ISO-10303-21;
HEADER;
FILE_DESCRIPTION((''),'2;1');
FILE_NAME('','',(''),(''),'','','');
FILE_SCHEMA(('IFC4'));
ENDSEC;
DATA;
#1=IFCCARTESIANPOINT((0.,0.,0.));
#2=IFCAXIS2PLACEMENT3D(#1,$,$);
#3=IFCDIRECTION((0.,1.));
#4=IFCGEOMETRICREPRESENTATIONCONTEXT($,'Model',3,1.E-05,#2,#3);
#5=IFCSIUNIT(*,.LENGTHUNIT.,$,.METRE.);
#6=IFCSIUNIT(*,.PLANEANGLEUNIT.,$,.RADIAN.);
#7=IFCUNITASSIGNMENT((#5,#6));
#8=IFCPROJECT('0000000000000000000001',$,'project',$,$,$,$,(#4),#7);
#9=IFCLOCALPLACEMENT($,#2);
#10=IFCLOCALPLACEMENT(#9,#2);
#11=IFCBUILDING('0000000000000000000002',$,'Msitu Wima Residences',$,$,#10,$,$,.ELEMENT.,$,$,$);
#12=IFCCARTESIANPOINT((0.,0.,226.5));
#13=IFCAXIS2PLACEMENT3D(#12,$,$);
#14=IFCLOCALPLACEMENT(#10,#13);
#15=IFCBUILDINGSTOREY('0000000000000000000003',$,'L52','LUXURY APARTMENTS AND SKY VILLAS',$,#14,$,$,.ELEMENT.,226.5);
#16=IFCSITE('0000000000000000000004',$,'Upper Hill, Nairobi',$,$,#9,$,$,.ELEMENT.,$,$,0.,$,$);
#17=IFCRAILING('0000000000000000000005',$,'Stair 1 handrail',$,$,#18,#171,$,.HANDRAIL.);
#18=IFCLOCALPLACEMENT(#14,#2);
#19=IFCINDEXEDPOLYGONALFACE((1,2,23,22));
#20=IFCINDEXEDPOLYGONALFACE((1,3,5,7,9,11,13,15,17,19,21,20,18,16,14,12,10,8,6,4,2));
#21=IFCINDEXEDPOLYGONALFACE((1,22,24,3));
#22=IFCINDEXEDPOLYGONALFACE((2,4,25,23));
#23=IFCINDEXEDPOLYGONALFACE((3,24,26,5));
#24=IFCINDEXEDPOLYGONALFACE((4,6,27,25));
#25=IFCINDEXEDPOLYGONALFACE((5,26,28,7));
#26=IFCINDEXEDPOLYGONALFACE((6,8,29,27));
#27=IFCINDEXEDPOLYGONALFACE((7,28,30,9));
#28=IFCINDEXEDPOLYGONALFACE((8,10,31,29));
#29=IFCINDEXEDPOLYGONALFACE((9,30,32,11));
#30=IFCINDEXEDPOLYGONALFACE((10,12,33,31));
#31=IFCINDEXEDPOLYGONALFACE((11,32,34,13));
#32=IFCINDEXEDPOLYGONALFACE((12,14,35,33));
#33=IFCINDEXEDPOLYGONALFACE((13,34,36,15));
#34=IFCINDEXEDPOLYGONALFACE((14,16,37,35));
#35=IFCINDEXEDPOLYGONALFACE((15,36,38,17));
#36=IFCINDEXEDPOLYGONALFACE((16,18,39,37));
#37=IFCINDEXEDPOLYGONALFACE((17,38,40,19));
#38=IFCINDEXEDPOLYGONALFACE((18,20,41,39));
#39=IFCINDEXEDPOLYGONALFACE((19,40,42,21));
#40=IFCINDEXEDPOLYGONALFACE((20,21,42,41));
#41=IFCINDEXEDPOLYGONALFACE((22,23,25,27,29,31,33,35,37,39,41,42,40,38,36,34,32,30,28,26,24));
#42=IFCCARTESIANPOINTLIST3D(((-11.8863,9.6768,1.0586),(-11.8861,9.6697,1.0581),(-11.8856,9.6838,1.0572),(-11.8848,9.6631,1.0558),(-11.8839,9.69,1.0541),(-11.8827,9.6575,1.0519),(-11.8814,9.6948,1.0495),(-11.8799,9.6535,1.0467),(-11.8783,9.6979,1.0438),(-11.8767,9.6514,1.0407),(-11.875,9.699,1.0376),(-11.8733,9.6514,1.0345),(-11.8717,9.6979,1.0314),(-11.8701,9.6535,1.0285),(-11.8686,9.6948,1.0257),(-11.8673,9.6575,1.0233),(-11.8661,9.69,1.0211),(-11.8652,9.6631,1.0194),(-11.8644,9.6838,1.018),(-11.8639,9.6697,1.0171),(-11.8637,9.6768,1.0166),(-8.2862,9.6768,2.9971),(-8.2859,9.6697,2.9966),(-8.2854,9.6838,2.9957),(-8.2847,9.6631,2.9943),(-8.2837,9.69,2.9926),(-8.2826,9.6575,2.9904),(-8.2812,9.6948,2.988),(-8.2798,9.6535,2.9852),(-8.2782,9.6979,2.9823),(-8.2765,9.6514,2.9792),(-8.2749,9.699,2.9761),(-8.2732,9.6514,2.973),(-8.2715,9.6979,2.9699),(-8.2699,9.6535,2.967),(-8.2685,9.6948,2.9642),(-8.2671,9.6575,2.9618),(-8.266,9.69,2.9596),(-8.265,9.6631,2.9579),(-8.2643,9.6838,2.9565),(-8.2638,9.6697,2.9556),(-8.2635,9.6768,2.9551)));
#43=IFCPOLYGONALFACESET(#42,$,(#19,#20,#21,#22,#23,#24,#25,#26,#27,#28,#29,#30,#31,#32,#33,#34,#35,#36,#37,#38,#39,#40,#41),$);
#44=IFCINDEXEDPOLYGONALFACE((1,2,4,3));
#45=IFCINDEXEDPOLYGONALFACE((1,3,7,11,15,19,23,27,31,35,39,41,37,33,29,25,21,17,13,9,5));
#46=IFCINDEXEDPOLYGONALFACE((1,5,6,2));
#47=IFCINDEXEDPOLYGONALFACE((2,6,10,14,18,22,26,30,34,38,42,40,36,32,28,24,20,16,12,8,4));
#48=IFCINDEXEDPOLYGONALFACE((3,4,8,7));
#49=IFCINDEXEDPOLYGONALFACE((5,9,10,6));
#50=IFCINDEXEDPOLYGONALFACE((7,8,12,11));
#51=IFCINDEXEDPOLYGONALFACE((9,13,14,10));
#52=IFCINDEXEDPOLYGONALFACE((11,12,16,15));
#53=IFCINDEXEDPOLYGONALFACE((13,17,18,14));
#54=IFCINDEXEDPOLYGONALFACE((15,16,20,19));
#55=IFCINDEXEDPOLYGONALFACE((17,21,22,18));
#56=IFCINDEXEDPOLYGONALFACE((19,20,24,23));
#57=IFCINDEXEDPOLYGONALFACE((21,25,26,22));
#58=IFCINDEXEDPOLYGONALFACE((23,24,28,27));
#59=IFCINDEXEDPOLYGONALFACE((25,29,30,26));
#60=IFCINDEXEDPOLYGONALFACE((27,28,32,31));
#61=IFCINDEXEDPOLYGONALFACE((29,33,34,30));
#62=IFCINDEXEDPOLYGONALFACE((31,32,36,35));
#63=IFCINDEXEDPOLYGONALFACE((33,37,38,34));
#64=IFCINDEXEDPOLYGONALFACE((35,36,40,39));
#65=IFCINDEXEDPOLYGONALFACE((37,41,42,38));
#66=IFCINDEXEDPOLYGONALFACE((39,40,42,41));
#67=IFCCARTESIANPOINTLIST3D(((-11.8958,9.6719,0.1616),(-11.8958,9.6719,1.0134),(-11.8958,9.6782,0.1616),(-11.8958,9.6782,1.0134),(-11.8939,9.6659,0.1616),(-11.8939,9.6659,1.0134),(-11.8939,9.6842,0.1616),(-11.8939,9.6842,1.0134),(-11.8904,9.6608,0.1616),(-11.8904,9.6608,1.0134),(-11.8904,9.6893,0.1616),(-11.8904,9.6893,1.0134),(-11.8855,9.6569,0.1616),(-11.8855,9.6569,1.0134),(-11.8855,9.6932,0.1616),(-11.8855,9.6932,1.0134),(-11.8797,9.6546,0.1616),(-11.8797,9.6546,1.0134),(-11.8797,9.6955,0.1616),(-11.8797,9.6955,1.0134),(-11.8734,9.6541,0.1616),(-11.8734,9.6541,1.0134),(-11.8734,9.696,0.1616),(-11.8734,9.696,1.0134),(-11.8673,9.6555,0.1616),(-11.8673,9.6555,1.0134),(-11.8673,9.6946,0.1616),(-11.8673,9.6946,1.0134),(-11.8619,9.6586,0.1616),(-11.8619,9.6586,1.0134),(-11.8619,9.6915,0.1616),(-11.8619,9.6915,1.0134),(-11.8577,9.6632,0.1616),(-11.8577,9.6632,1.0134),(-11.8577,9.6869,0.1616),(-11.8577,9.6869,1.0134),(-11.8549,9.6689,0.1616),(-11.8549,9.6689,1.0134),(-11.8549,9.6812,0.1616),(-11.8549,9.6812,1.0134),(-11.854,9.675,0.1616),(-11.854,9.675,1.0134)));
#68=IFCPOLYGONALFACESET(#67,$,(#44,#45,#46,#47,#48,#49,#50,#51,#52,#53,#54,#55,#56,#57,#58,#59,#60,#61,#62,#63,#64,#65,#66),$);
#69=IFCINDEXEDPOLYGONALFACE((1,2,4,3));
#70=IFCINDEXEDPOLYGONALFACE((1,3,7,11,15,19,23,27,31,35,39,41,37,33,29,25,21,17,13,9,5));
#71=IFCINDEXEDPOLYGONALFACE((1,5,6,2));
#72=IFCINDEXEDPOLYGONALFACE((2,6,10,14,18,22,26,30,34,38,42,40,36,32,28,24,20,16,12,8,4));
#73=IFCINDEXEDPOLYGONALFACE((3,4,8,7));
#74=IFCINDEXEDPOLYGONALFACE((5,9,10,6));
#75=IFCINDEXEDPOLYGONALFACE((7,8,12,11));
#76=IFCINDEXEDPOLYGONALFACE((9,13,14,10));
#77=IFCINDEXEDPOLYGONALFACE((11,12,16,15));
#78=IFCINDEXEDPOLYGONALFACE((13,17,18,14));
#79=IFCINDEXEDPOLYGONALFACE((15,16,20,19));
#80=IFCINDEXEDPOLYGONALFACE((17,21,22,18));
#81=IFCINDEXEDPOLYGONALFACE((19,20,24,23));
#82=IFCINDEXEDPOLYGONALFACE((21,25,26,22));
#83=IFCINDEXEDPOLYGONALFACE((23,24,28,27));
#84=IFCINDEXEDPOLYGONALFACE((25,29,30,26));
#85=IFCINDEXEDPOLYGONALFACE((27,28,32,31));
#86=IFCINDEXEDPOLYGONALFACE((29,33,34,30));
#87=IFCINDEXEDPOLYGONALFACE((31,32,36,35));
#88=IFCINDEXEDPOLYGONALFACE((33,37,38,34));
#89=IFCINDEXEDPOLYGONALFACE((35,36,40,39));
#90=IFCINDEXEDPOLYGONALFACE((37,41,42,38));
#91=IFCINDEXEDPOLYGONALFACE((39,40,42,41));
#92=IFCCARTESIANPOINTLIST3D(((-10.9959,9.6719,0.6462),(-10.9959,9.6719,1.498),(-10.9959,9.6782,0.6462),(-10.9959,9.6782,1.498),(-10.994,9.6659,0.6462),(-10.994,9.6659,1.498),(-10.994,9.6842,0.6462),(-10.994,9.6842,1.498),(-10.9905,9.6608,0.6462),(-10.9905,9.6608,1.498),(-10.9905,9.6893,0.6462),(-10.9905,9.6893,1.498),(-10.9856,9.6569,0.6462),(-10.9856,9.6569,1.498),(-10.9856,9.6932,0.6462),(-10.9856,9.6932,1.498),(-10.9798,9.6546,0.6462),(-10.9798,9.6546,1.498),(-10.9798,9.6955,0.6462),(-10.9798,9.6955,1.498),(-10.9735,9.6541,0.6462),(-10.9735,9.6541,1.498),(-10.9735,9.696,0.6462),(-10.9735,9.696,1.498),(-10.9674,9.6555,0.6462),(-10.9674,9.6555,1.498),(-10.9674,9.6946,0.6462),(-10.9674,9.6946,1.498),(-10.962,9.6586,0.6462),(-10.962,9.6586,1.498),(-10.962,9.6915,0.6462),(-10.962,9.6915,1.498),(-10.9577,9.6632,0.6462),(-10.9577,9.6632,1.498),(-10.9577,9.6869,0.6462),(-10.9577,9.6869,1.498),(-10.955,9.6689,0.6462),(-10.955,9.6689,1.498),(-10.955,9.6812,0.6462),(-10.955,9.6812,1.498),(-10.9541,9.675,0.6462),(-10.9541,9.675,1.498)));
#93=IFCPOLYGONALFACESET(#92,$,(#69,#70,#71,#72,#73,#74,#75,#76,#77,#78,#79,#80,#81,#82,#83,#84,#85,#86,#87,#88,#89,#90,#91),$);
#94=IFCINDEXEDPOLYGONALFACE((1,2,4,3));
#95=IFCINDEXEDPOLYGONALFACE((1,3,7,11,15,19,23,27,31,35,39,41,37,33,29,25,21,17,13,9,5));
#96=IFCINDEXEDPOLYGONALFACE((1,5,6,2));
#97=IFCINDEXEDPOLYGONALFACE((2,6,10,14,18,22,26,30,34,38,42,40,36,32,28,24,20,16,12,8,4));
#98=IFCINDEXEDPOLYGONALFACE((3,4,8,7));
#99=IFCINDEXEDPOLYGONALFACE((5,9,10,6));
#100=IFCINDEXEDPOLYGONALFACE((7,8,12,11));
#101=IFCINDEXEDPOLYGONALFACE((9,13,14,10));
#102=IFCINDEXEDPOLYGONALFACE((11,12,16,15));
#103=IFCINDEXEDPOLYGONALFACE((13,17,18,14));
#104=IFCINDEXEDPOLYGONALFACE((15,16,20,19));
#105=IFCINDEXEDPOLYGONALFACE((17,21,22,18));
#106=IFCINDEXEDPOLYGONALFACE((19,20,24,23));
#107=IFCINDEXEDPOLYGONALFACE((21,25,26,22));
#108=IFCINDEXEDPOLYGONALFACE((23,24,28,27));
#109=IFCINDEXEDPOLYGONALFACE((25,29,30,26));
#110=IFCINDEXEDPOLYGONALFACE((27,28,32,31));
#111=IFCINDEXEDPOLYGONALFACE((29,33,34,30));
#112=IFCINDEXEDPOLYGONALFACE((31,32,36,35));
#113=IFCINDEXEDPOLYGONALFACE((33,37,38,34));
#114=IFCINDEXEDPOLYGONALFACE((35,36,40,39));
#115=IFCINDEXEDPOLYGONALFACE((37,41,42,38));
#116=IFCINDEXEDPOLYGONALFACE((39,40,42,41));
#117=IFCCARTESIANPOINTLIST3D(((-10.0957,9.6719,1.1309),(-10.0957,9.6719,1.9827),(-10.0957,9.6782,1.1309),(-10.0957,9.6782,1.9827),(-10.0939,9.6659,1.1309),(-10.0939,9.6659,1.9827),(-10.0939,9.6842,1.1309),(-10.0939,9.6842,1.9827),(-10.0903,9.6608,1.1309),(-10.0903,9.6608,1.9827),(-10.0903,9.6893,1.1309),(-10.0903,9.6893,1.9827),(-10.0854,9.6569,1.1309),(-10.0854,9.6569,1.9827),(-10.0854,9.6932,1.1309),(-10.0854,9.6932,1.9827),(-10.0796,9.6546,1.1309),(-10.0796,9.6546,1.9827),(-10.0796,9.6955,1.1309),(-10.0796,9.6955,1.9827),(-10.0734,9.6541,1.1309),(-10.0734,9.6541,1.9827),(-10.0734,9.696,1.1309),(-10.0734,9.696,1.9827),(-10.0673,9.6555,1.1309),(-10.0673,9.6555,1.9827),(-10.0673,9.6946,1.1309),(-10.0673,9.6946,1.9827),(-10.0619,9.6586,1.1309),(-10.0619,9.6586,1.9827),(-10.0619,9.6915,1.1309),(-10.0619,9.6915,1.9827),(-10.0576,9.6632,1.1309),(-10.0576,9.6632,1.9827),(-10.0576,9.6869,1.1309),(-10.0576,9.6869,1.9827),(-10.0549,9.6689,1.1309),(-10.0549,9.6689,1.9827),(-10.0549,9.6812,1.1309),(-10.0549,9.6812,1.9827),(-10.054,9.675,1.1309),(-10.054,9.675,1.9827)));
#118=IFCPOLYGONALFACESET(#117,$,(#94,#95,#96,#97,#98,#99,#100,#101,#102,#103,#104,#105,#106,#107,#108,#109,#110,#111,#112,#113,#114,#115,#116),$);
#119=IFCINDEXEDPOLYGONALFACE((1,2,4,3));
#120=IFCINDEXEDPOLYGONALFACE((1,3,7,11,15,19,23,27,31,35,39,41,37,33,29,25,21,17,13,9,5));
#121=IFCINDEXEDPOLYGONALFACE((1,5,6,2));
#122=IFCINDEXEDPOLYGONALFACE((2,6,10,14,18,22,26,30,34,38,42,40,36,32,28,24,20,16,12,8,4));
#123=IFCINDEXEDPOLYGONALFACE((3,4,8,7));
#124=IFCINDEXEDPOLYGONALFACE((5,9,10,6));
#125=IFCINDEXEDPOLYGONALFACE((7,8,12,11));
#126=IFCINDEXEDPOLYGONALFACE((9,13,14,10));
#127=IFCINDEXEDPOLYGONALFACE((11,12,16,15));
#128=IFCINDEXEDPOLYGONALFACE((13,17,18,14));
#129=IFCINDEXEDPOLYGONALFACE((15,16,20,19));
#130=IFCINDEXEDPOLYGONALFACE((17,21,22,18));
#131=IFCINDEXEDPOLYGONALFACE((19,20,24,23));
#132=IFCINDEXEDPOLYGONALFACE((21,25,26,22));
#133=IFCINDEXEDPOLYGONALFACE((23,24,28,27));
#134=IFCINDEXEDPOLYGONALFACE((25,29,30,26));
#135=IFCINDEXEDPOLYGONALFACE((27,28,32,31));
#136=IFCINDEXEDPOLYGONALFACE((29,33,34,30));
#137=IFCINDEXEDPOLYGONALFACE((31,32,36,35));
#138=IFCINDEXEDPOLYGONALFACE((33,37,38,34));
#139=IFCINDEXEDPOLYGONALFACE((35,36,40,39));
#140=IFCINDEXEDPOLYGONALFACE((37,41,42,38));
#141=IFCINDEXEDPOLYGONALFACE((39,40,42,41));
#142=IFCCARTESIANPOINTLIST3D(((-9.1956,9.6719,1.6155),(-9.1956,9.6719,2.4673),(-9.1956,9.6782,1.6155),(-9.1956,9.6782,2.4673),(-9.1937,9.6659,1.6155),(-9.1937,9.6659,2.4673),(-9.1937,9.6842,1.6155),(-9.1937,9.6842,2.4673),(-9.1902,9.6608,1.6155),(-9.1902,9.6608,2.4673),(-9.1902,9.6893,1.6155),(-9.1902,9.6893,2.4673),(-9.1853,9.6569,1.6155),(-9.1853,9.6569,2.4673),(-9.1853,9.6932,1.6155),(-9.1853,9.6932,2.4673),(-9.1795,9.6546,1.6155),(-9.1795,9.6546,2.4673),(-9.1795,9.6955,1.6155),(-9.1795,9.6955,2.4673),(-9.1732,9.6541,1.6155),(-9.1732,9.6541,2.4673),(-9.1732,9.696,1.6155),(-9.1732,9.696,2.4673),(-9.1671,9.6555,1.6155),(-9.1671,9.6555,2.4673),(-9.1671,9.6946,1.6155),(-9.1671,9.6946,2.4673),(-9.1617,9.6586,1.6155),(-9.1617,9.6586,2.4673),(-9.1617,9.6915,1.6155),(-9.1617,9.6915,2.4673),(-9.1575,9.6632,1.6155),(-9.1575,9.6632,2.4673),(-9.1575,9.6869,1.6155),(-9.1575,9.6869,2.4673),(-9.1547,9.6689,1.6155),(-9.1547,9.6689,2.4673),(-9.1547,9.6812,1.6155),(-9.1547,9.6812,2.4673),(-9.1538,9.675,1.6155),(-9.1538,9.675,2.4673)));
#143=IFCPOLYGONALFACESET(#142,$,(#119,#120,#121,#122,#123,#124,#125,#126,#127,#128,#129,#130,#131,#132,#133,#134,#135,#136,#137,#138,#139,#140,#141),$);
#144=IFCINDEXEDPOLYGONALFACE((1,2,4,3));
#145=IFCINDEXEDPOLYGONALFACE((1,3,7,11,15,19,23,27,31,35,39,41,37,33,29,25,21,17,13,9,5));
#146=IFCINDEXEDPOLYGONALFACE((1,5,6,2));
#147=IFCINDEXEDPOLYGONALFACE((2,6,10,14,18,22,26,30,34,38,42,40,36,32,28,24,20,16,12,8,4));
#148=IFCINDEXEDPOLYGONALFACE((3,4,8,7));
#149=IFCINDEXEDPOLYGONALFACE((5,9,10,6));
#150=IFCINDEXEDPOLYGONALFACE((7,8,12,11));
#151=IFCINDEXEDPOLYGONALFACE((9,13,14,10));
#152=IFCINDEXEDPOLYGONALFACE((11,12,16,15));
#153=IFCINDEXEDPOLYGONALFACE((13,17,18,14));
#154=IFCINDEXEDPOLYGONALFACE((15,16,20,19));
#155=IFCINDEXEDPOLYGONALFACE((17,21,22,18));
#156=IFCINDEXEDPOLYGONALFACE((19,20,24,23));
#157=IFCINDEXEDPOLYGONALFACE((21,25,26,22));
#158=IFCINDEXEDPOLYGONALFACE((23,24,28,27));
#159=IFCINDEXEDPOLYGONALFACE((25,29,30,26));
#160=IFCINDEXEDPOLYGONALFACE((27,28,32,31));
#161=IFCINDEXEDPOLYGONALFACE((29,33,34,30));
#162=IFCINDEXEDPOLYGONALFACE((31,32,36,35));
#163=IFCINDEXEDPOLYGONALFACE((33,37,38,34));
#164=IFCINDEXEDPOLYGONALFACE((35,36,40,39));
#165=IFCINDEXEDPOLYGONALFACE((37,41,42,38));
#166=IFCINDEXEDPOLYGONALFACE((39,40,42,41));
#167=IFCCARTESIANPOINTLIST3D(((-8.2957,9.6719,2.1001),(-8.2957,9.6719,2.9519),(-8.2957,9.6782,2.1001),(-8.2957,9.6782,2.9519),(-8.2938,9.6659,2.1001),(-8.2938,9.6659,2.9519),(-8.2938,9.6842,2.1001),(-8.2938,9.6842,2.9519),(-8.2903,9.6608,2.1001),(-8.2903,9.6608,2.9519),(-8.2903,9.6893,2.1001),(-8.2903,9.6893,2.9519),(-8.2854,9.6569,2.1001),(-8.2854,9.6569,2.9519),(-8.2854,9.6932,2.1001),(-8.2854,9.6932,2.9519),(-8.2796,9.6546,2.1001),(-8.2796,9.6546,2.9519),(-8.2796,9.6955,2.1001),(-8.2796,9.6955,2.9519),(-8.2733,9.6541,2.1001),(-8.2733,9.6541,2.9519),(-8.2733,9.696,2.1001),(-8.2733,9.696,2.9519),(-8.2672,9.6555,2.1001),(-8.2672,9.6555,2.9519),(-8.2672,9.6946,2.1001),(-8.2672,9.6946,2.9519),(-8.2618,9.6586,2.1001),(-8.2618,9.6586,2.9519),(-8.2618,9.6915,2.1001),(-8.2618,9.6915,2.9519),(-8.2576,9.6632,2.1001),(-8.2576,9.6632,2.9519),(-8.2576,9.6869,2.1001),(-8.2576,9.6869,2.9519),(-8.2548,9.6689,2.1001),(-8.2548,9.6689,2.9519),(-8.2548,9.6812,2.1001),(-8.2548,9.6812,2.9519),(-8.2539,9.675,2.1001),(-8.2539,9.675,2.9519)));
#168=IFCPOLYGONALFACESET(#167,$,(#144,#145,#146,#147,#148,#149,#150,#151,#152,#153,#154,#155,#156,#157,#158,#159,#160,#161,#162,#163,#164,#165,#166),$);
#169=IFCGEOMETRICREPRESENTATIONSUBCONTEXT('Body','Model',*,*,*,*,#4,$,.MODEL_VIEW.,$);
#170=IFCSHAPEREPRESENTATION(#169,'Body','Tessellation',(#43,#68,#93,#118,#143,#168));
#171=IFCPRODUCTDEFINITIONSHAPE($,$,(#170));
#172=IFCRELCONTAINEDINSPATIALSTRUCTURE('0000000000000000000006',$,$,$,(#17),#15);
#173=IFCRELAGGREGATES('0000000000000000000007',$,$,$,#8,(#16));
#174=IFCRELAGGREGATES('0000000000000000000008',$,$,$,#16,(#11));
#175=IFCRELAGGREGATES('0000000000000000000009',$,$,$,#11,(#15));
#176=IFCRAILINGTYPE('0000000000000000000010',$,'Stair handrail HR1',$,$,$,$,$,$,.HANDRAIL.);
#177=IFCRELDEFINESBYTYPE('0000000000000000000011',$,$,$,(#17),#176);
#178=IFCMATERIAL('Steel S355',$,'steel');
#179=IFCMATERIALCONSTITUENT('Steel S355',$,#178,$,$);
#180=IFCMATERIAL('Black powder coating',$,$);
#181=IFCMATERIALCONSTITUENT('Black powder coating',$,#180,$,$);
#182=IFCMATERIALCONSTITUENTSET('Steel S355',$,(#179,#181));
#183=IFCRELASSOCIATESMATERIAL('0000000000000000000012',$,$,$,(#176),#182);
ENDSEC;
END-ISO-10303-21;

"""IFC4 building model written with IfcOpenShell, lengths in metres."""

from ifc_helpers import new_model, si_unit, direction, frame, origin, origin_2d, place, context, subcontext, project, spatial, circle, extrude, material, constituent, constituent_set, type_object, element, save


model = new_model("IFC4")

# Units and contexts
model_context = context("Model", 3, precision=1e-05, world=origin(), true_north=direction((0.0, 1.0)))
body_context = subcontext(model_context, "Body", "Model", "MODEL_VIEW")
ifc_project = project(units=[si_unit("LENGTHUNIT", "METRE"), si_unit("PLANEANGLEUNIT", "RADIAN")], contexts=[model_context])

# Site, building, storey
site_placement = place(None, origin())
site = spatial("IfcSite", under=ifc_project, at=site_placement, Name="Upper Hill, Nairobi", CompositionType="ELEMENT", RefElevation=0.0)
building_placement = place(site_placement, origin())
building = spatial("IfcBuilding", under=site, at=building_placement, Name="Msitu Wima Residences", CompositionType="ELEMENT")
storey_placement = place(building_placement, frame((0.0, 0.0, 226.5)))
storey = spatial("IfcBuildingStorey", under=building, at=storey_placement, Name="L52", Description="LUXURY APARTMENTS AND SKY VILLAS", CompositionType="ELEMENT", Elevation=226.5)

# Railing
ifc_material_1 = material(Name="Steel S355", Category="steel")
ifc_constituent_1 = constituent(ifc_material_1, Name="Steel S355")
ifc_material_2 = material(Name="Black powder coating")
ifc_constituent_2 = constituent(ifc_material_2, Name="Black powder coating")
ifc_constituent_set = constituent_set(constituents=[ifc_constituent_1, ifc_constituent_2], Name="Steel S355")
railing_type = type_object("IfcRailingType", Name="Stair handrail HR1", PredefinedType="HANDRAIL", material=ifc_constituent_set)
for number, where, name in (
    (1, (-11.875, 9.675, 0.1616), "Stair 1 handrail"),
):
    element("IfcRailing", number, at=place(storey_placement, frame(where)), inside=storey, type_object=railing_type, Name=name, PredefinedType="HANDRAIL", context=body_context, shape_type="SweptSolid", body=[
        extrude(circle(Radius=0.0239, at=origin_2d()), frame((0.0, 0.0, 0.876), z_axis=(0.880475, 0.0, 0.474093), x_axis=(0.0, 1.0, 0.0)), (0.0, 0.0, 1.0), 4.0889),
        extrude(circle(Radius=0.021, at=origin_2d()), origin(), (0.0, 0.0, 1.0), 0.8518),
        extrude(circle(Radius=0.021, at=origin_2d()), frame((0.8999, 0.0, 0.4846)), (0.0, 0.0, 1.0), 0.8518),
        extrude(circle(Radius=0.021, at=origin_2d()), frame((1.8, 0.0, 0.9692)), (0.0, 0.0, 1.0), 0.8518),
        extrude(circle(Radius=0.021, at=origin_2d()), frame((2.7002, 0.0, 1.4539)), (0.0, 0.0, 1.0), 0.8518),
        extrude(circle(Radius=0.021, at=origin_2d()), frame((3.6001, 0.0, 1.9385)), (0.0, 0.0, 1.0), 0.8518),
    ])

save(model, "model.ifc")
